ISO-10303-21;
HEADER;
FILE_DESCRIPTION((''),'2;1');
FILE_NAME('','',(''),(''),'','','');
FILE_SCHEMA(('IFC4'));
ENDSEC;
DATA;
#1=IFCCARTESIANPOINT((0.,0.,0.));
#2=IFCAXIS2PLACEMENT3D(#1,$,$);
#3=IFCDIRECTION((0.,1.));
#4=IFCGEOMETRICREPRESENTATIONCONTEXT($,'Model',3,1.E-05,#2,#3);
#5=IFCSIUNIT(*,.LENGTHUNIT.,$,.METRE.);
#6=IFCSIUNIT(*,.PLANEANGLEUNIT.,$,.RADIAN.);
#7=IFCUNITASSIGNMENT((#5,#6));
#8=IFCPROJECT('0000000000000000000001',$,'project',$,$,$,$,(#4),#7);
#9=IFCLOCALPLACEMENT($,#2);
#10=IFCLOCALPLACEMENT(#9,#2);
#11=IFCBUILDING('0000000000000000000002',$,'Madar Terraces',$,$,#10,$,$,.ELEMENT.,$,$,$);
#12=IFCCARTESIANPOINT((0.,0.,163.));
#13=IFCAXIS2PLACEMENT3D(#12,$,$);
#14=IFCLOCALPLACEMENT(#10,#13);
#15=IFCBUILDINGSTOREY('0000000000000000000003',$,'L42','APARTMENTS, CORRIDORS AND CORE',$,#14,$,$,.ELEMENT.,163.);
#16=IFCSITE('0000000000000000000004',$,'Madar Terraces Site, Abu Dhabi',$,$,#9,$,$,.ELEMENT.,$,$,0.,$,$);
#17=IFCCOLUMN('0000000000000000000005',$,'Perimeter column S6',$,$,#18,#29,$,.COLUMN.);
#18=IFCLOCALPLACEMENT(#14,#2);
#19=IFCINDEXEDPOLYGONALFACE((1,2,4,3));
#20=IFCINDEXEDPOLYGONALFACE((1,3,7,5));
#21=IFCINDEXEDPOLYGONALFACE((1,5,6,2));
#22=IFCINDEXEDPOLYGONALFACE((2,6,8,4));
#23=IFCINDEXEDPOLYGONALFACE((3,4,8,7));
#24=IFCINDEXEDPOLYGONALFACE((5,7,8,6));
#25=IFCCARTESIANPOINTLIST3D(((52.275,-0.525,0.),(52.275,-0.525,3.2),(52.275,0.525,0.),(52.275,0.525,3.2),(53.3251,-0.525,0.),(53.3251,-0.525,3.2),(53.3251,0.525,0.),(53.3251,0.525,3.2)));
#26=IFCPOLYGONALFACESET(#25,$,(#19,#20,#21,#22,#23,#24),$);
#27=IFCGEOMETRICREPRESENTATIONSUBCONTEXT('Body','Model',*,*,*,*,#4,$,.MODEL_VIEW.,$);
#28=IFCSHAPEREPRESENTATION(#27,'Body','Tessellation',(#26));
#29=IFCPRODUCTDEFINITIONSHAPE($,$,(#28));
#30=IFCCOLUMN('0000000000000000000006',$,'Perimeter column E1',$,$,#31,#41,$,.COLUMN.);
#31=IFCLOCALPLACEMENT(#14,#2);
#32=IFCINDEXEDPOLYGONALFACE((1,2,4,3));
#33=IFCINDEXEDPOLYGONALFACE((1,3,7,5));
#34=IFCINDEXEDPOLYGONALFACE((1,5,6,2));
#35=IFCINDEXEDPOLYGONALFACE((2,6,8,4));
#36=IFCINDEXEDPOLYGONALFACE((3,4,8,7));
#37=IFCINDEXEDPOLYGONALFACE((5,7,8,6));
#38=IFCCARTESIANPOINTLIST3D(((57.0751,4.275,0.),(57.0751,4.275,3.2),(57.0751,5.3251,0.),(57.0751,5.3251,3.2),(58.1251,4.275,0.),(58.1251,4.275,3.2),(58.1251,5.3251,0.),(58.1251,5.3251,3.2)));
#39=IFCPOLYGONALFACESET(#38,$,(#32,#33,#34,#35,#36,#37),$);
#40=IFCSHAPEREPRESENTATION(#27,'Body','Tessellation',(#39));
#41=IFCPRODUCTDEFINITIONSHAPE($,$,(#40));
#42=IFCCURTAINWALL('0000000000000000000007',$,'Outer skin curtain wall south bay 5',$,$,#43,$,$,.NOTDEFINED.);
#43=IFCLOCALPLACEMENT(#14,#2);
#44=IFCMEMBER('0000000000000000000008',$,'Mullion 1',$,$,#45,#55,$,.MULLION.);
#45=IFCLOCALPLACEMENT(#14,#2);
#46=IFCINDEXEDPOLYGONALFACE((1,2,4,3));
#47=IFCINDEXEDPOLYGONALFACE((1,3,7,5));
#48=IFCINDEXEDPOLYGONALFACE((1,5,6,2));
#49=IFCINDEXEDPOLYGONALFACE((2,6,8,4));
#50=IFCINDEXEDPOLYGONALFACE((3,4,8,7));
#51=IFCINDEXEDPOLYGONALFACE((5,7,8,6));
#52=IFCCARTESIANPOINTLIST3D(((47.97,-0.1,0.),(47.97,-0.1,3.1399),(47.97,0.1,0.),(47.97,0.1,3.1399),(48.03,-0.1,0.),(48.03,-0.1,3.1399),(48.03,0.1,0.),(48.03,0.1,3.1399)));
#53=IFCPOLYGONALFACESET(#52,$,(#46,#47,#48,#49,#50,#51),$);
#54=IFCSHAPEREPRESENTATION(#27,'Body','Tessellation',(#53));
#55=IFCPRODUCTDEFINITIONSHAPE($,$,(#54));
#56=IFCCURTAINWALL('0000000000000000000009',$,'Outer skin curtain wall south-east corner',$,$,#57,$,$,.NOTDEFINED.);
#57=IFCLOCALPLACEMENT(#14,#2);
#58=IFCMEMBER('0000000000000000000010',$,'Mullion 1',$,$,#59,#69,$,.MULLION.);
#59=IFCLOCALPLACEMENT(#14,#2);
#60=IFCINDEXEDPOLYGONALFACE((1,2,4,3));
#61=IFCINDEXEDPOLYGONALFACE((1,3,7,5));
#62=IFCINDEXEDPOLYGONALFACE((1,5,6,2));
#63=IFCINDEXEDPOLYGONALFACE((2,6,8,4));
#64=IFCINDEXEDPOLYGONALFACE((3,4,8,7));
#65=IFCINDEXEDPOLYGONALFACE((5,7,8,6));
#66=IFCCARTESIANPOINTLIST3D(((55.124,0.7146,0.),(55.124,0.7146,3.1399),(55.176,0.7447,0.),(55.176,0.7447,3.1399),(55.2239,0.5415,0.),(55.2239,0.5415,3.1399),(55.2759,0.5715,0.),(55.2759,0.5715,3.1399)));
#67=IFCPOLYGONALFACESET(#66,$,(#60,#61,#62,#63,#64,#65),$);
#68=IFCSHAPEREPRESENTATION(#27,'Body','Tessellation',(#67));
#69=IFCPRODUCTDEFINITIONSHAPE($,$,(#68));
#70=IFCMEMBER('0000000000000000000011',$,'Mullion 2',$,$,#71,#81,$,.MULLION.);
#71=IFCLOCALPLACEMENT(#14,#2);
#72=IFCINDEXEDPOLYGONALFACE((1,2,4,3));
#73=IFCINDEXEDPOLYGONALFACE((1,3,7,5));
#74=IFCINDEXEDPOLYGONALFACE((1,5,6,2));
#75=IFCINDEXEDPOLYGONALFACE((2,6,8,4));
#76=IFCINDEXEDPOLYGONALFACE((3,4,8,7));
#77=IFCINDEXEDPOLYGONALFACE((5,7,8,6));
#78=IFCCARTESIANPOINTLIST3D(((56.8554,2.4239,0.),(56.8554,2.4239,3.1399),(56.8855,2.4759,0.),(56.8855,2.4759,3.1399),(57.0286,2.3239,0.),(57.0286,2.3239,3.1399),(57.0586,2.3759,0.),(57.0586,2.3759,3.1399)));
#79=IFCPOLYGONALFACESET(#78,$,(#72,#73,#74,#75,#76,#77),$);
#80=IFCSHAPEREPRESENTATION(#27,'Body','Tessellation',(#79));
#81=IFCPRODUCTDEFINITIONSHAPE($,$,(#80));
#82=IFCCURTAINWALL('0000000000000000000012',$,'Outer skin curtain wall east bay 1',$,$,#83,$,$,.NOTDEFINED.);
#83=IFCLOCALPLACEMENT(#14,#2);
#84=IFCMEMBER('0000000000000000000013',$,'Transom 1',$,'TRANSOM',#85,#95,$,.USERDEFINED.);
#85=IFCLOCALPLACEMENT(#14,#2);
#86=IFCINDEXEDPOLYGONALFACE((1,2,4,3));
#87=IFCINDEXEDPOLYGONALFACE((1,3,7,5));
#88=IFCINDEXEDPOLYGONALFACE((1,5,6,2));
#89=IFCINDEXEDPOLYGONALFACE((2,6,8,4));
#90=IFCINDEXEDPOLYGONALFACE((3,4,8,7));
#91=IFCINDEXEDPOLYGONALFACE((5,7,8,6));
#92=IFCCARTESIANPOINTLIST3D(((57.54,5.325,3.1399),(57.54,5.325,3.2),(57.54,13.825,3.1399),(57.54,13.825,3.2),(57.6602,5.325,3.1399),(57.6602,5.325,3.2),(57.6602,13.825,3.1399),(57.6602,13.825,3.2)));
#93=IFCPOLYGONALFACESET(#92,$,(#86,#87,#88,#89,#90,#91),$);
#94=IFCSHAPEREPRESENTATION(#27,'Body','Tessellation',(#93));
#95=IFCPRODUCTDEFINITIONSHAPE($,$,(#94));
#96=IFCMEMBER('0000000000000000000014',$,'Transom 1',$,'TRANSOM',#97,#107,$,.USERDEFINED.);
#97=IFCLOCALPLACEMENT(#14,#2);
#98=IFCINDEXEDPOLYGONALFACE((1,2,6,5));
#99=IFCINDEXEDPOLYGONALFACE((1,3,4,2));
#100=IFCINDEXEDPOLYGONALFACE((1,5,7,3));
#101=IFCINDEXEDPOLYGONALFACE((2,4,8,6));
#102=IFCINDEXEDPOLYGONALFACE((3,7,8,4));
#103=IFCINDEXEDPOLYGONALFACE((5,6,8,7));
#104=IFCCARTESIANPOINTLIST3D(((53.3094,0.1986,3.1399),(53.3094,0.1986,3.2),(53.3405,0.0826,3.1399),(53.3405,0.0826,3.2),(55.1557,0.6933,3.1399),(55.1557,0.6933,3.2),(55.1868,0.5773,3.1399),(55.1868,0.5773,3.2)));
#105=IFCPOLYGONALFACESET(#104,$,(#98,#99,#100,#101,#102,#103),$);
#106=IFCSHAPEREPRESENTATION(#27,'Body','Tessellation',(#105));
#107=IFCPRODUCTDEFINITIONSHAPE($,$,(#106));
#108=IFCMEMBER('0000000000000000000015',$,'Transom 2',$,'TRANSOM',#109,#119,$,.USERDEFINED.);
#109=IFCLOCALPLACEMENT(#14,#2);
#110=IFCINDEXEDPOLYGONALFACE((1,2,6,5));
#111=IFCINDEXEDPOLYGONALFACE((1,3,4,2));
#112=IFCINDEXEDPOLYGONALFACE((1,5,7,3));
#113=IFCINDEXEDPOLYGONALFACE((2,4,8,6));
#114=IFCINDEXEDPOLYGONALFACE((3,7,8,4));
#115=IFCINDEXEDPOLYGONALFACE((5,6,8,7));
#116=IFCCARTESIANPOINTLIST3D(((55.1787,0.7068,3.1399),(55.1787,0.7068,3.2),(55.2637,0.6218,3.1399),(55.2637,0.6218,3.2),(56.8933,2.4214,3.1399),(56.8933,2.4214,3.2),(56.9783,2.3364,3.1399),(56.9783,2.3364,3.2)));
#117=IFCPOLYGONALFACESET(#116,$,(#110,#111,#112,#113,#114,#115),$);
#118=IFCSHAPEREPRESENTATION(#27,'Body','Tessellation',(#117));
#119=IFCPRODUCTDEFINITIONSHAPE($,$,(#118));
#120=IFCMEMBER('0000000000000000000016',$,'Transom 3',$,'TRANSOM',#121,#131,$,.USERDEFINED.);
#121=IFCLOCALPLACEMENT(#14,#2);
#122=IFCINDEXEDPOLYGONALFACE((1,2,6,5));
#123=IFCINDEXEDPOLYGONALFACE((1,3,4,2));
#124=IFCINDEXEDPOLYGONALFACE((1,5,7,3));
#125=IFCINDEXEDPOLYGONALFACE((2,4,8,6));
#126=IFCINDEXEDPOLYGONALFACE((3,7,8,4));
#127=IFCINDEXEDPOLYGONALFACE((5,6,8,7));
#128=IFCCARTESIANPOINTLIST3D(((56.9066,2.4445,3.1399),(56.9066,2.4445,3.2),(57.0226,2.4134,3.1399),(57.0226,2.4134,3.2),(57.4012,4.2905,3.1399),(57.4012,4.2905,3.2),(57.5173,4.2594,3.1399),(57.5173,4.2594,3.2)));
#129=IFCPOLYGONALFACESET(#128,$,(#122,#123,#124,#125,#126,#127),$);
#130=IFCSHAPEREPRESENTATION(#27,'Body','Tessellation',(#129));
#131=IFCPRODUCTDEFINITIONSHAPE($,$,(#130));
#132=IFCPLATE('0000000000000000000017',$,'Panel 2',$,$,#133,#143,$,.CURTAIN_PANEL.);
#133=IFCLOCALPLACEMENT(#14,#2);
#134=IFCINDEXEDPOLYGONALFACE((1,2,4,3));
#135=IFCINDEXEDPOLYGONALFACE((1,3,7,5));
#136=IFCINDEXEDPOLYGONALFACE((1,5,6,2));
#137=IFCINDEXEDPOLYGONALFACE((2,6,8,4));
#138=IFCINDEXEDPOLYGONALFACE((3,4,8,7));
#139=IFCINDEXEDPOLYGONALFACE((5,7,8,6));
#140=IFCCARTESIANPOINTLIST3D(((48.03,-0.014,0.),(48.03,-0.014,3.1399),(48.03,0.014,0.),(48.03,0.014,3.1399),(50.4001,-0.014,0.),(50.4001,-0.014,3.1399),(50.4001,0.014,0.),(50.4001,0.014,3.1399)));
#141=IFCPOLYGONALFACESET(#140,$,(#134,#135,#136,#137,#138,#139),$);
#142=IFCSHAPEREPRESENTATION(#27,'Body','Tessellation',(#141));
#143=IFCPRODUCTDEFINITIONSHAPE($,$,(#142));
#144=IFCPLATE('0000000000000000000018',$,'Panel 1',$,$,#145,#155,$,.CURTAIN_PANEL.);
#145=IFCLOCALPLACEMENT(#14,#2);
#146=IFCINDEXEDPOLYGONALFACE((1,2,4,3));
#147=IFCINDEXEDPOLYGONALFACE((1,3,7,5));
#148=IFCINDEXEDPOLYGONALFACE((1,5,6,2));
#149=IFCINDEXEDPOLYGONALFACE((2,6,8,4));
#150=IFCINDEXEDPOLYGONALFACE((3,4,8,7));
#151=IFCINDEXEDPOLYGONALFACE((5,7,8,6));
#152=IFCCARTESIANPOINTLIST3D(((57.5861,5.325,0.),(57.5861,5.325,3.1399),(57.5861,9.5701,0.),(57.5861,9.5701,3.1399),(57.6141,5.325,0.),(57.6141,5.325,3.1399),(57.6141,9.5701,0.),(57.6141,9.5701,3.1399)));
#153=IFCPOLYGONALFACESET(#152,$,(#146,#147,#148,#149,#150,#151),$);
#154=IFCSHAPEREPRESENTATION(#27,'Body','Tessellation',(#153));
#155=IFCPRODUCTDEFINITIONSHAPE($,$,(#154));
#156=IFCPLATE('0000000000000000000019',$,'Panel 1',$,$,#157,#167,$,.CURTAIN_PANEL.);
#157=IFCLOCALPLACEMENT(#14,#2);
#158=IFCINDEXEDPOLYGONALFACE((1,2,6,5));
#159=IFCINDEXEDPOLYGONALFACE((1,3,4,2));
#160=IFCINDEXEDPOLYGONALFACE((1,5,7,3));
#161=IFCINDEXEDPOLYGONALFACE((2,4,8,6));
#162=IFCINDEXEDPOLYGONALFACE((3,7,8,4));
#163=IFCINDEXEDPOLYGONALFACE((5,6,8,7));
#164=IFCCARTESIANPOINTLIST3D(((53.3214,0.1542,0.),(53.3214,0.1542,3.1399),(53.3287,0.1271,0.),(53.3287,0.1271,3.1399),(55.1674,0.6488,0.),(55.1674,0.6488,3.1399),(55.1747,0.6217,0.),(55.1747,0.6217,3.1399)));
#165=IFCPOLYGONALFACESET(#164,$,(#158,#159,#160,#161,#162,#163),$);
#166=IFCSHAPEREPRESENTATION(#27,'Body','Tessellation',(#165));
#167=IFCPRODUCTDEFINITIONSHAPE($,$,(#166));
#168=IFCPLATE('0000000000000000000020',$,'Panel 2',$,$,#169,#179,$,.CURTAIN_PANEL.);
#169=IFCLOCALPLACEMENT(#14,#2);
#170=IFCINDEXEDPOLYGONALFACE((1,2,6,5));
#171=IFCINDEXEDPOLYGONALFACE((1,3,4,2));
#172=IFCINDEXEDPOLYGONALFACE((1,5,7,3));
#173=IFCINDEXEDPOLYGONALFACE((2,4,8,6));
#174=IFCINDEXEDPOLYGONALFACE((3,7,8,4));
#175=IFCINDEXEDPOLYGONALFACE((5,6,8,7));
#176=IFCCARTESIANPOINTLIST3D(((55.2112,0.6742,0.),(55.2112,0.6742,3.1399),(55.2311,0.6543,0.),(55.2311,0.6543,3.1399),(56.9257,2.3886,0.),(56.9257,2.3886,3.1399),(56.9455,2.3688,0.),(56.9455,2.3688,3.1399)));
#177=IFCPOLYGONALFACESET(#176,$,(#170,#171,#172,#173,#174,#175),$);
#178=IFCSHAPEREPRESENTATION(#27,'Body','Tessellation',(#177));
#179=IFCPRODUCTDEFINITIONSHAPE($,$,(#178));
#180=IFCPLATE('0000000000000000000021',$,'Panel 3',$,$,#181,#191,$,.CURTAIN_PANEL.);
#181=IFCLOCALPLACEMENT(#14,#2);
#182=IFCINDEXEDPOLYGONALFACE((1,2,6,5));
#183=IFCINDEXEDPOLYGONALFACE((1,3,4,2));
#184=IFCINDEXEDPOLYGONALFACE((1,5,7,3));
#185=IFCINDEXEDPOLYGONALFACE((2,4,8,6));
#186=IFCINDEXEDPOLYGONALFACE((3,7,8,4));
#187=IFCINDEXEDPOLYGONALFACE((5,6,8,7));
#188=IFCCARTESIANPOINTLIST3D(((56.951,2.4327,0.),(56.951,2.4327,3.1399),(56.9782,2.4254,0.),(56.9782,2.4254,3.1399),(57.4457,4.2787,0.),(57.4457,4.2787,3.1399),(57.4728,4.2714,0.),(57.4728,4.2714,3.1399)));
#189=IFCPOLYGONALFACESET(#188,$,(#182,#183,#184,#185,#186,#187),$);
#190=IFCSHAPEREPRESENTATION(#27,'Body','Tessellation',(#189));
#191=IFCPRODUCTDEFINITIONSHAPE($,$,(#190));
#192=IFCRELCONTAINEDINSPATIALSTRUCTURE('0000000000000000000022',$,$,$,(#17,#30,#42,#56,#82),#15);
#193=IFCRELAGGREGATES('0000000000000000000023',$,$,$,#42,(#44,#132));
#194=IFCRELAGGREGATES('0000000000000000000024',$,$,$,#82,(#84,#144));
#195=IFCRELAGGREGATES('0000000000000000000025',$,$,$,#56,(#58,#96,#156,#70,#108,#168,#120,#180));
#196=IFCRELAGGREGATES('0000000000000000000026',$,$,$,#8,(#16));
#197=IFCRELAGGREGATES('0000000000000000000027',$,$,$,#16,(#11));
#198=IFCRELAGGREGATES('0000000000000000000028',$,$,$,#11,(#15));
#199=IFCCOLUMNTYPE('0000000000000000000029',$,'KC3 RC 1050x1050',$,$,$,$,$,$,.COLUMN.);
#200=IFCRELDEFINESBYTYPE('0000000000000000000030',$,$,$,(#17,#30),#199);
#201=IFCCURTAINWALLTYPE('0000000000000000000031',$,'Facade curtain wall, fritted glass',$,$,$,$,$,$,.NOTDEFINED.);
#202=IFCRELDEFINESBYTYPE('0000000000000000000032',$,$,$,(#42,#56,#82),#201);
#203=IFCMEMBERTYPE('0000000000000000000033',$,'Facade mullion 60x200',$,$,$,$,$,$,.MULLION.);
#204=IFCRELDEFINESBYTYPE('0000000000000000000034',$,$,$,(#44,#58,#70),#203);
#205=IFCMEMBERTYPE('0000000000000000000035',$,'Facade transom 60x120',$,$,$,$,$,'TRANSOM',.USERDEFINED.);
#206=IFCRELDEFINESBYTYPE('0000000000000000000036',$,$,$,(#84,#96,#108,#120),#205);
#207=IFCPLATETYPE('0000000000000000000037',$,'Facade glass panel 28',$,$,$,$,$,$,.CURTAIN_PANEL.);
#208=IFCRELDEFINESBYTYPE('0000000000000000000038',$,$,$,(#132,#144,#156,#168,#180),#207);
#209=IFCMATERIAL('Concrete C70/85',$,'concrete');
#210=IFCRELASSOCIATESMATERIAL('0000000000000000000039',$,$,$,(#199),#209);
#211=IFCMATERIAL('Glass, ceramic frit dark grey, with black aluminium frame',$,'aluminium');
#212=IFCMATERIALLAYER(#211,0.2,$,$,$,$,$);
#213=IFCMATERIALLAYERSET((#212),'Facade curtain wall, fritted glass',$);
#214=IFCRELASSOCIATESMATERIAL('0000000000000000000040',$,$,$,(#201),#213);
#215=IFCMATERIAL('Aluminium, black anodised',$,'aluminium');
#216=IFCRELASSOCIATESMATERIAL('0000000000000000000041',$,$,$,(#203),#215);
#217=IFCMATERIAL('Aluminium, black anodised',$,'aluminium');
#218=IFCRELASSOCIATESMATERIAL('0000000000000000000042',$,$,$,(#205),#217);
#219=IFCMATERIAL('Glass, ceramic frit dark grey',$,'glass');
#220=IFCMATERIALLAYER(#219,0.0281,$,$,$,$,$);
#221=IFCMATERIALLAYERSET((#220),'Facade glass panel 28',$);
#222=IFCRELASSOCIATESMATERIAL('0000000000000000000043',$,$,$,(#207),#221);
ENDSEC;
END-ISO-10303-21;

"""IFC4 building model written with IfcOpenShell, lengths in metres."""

from ifc_helpers import new_model, si_unit, direction, frame, origin, origin_2d, place, context, subcontext, project, spatial, rectangle, extrude, material, layer, layer_set, material_profile, profile_set, type_object, element, aggregate, save


model = new_model("IFC4")

# Units and contexts
model_context = context("Model", 3, precision=1e-05, world=origin(), true_north=direction((0.0, 1.0)))
body_context = subcontext(model_context, "Body", "Model", "MODEL_VIEW")
ifc_project = project(units=[si_unit("LENGTHUNIT", "METRE"), si_unit("PLANEANGLEUNIT", "RADIAN")], contexts=[model_context])

# Site, building, storey
site_placement = place(None, origin())
site = spatial("IfcSite", under=ifc_project, at=site_placement, Name="Madar Terraces Site, Abu Dhabi", CompositionType="ELEMENT", RefElevation=0.0)
building_placement = place(site_placement, origin())
building = spatial("IfcBuilding", under=site, at=building_placement, Name="Madar Terraces", CompositionType="ELEMENT")
storey_placement = place(building_placement, frame((0.0, 0.0, 163.0)))
storey = spatial("IfcBuildingStorey", under=building, at=storey_placement, Name="L42", Description="APARTMENTS, CORRIDORS AND CORE", CompositionType="ELEMENT", Elevation=163.0)

# Columns
ifc_material_1 = material(Name="Concrete C70/85", Category="concrete")
ifc_material_profile_1 = material_profile(ifc_material_1, rectangle(XDim=1.05, YDim=1.05, at=origin_2d()), Name="KC3 RC 1050x1050")
ifc_profile_set_1 = profile_set([ifc_material_profile_1], Name="Concrete C70/85")
column_type = type_object("IfcColumnType", Name="KC3 RC 1050x1050", PredefinedType="COLUMN", material=ifc_profile_set_1)
for number, where, z_axis, x_axis, name in (
    (1, (52.8, 0.0, 0.0), (0.0, 0.0, 1.0), (1.0, 0.0, 0.0), "Perimeter column S6"),
    (2, (57.6001, 4.8, 0.0), (0.0, 0.0, 1.0), (1.0, 0.0, 0.0), "Perimeter column E1"),
):
    element("IfcColumn", number, at=place(storey_placement, frame(where, z_axis=z_axis, x_axis=x_axis)), inside=storey, type_object=column_type, Name=name, PredefinedType="COLUMN", context=body_context, shape_type="SweptSolid", body=[
        extrude(rectangle(XDim=1.05, YDim=1.05, at=origin_2d()), origin(), (0.0, 0.0, 1.0), 3.2),
    ])

# Curtain wall, member
ifc_material_2 = material(Name="Glass, ceramic frit dark grey, with black aluminium frame", Category="aluminium")
ifc_layer_1 = layer(ifc_material_2, 0.2)
ifc_layer_set_1 = layer_set([ifc_layer_1], Name="Facade curtain wall, fritted glass")
curtain_wall_type = type_object("IfcCurtainWallType", Name="Facade curtain wall, fritted glass", PredefinedType="NOTDEFINED", material=ifc_layer_set_1)
curtain_wall_1_placement = place(storey_placement, origin())
curtain_wall_1 = element("IfcCurtainWall", 3, at=curtain_wall_1_placement, inside=storey, type_object=curtain_wall_type, Name="Outer skin curtain wall south bay 5", PredefinedType="NOTDEFINED")
ifc_material_3 = material(Name="Aluminium, black anodised", Category="aluminium")
ifc_material_profile_2 = material_profile(ifc_material_3, rectangle(XDim=0.2, YDim=0.0601, at=origin_2d()), Name="Facade mullion 60x200")
ifc_profile_set_2 = profile_set([ifc_material_profile_2], Name="Aluminium, black anodised")
member_type_1 = type_object("IfcMemberType", Name="Facade mullion 60x200", PredefinedType="MULLION", material=ifc_profile_set_2)
member_1_placement = place(storey_placement, frame((48.0, 0.0, 0.0), z_axis=(0.0, 0.0, 1.0), x_axis=(0.0, 1.0, 0.0)))
member_1 = element("IfcMember", 4, at=member_1_placement, type_object=member_type_1, Name="Mullion 1", PredefinedType="MULLION", context=body_context, shape_type="SweptSolid", body=[
    extrude(rectangle(XDim=0.2, YDim=0.0601, at=origin_2d()), origin(), (0.0, 0.0, 1.0), 3.1399),
])

# Curtain wall, members
curtain_wall_2_placement = place(storey_placement, origin())
curtain_wall_2 = element("IfcCurtainWall", 5, at=curtain_wall_2_placement, inside=storey, type_object=curtain_wall_type, Name="Outer skin curtain wall south-east corner", PredefinedType="NOTDEFINED")
member_2_placement = place(storey_placement, frame((55.2, 0.6431, 0.0), z_axis=(0.0, 0.0, 1.0), x_axis=(-0.5, 0.866025, 0.0)))
member_2 = element("IfcMember", 6, at=member_2_placement, type_object=member_type_1, Name="Mullion 1", PredefinedType="MULLION", context=body_context, shape_type="SweptSolid", body=[
    extrude(rectangle(XDim=0.2, YDim=0.0601, at=origin_2d()), origin(), (0.0, 0.0, 1.0), 3.1399),
])
member_3_placement = place(storey_placement, frame((56.957, 2.3999, 0.0), z_axis=(0.0, 0.0, 1.0), x_axis=(-0.866025, 0.5, 0.0)))
member_3 = element("IfcMember", 7, at=member_3_placement, type_object=member_type_1, Name="Mullion 2", PredefinedType="MULLION", context=body_context, shape_type="SweptSolid", body=[
    extrude(rectangle(XDim=0.2, YDim=0.0601, at=origin_2d()), origin(), (0.0, 0.0, 1.0), 3.1399),
])

# Curtain wall, member
curtain_wall_3_placement = place(storey_placement, origin())
curtain_wall_3 = element("IfcCurtainWall", 8, at=curtain_wall_3_placement, inside=storey, type_object=curtain_wall_type, Name="Outer skin curtain wall east bay 1", PredefinedType="NOTDEFINED")
ifc_material_4 = material(Name="Aluminium, black anodised", Category="aluminium")
ifc_material_profile_3 = material_profile(ifc_material_4, rectangle(XDim=0.1201, YDim=0.0601, at=origin_2d()), Name="Facade transom 60x120")
ifc_profile_set_3 = profile_set([ifc_material_profile_3], Name="Aluminium, black anodised")
member_type_2 = type_object("IfcMemberType", Name="Facade transom 60x120", ElementType="TRANSOM", PredefinedType="USERDEFINED", material=ifc_profile_set_3)
member_4_placement = place(storey_placement, frame((57.6001, 5.325, 3.1699), z_axis=(0.0, 1.0, 0.0), x_axis=(-1.0, 0.0, 0.0)))
member_4 = element("IfcMember", 9, at=member_4_placement, type_object=member_type_2, Name="Transom 1", ObjectType="TRANSOM", PredefinedType="USERDEFINED", context=body_context, shape_type="SweptSolid", body=[
    extrude(rectangle(XDim=0.1201, YDim=0.0601, at=origin_2d()), origin(), (0.0, 0.0, 1.0), 8.5),
])

# Members
member_5_placement = place(storey_placement, frame((53.325, 0.1406, 3.1699), z_axis=(0.965933, 0.258791, 0.0), x_axis=(-0.258791, 0.965933, 0.0)))
member_5 = element("IfcMember", 10, at=member_5_placement, type_object=member_type_2, Name="Transom 1", ObjectType="TRANSOM", PredefinedType="USERDEFINED", context=body_context, shape_type="SweptSolid", body=[
    extrude(rectangle(XDim=0.1201, YDim=0.0601, at=origin_2d()), origin(), (0.0, 0.0, 1.0), 1.9114),
])
member_6_placement = place(storey_placement, frame((55.2212, 0.6643, 3.1699), z_axis=(0.707107, 0.707107, 0.0), x_axis=(-0.707107, 0.707107, 0.0)))
member_6 = element("IfcMember", 11, at=member_6_placement, type_object=member_type_2, Name="Transom 2", ObjectType="TRANSOM", PredefinedType="USERDEFINED", context=body_context, shape_type="SweptSolid", body=[
    extrude(rectangle(XDim=0.1201, YDim=0.0601, at=origin_2d()), origin(), (0.0, 0.0, 1.0), 2.4248),
])
member_7_placement = place(storey_placement, frame((56.9646, 2.429, 3.1699), z_axis=(0.258823, 0.965925, 0.0), x_axis=(-0.965925, 0.258823, 0.0)))
member_7 = element("IfcMember", 12, at=member_7_placement, type_object=member_type_2, Name="Transom 3", ObjectType="TRANSOM", PredefinedType="USERDEFINED", context=body_context, shape_type="SweptSolid", body=[
    extrude(rectangle(XDim=0.1201, YDim=0.0601, at=origin_2d()), origin(), (0.0, 0.0, 1.0), 1.9111),
])

# Plates
ifc_material_5 = material(Name="Glass, ceramic frit dark grey", Category="glass")
ifc_layer_2 = layer(ifc_material_5, 0.0281)
ifc_layer_set_2 = layer_set([ifc_layer_2], Name="Facade glass panel 28")
plate_type = type_object("IfcPlateType", Name="Facade glass panel 28", PredefinedType="CURTAIN_PANEL", material=ifc_layer_set_2)
plate_1_placement = place(storey_placement, frame((49.2151, 0.0, 0.0), z_axis=(0.0, 0.0, 1.0), x_axis=(1.0, 0.0, 0.0)))
plate_1 = element("IfcPlate", 13, at=plate_1_placement, type_object=plate_type, Name="Panel 2", PredefinedType="CURTAIN_PANEL", context=body_context, shape_type="SweptSolid", body=[
    extrude(rectangle(XDim=2.3701, YDim=0.0281, at=origin_2d()), origin(), (0.0, 0.0, 1.0), 3.1399),
])
aggregate(curtain_wall_1, [member_1, plate_1])
plate_2_placement = place(storey_placement, frame((57.6001, 7.4475, 0.0), z_axis=(0.0, 0.0, 1.0), x_axis=(0.0, 1.0, 0.0)))
plate_2 = element("IfcPlate", 14, at=plate_2_placement, type_object=plate_type, Name="Panel 1", PredefinedType="CURTAIN_PANEL", context=body_context, shape_type="SweptSolid", body=[
    extrude(rectangle(XDim=4.2451, YDim=0.0281, at=origin_2d()), origin(), (0.0, 0.0, 1.0), 3.1399),
])
aggregate(curtain_wall_3, [member_4, plate_2])
plate_3_placement = place(storey_placement, frame((54.248, 0.3879, 0.0), z_axis=(0.0, 0.0, 1.0), x_axis=(0.965926, 0.258819, 0.0)))
plate_3 = element("IfcPlate", 15, at=plate_3_placement, type_object=plate_type, Name="Panel 1", PredefinedType="CURTAIN_PANEL", context=body_context, shape_type="SweptSolid", body=[
    extrude(rectangle(XDim=1.9111, YDim=0.0281, at=origin_2d()), origin(), (0.0, 0.0, 1.0), 3.1399),
])
plate_4_placement = place(storey_placement, frame((56.0784, 1.5215, 0.0), z_axis=(0.0, 0.0, 1.0), x_axis=(0.707107, 0.707107, 0.0)))
plate_4 = element("IfcPlate", 16, at=plate_4_placement, type_object=plate_type, Name="Panel 2", PredefinedType="CURTAIN_PANEL", context=body_context, shape_type="SweptSolid", body=[
    extrude(rectangle(XDim=2.4246, YDim=0.0281, at=origin_2d()), origin(), (0.0, 0.0, 1.0), 3.1399),
])
plate_5_placement = place(storey_placement, frame((57.2119, 3.3521, 0.0), z_axis=(0.0, 0.0, 1.0), x_axis=(0.258819, 0.965926, 0.0)))
plate_5 = element("IfcPlate", 17, at=plate_5_placement, type_object=plate_type, Name="Panel 3", PredefinedType="CURTAIN_PANEL", context=body_context, shape_type="SweptSolid", body=[
    extrude(rectangle(XDim=1.9111, YDim=0.0281, at=origin_2d()), origin(), (0.0, 0.0, 1.0), 3.1399),
])
aggregate(curtain_wall_2, [member_2, member_5, plate_3, member_3, member_6, plate_4, member_7, plate_5])

save(model, "model.ifc")
